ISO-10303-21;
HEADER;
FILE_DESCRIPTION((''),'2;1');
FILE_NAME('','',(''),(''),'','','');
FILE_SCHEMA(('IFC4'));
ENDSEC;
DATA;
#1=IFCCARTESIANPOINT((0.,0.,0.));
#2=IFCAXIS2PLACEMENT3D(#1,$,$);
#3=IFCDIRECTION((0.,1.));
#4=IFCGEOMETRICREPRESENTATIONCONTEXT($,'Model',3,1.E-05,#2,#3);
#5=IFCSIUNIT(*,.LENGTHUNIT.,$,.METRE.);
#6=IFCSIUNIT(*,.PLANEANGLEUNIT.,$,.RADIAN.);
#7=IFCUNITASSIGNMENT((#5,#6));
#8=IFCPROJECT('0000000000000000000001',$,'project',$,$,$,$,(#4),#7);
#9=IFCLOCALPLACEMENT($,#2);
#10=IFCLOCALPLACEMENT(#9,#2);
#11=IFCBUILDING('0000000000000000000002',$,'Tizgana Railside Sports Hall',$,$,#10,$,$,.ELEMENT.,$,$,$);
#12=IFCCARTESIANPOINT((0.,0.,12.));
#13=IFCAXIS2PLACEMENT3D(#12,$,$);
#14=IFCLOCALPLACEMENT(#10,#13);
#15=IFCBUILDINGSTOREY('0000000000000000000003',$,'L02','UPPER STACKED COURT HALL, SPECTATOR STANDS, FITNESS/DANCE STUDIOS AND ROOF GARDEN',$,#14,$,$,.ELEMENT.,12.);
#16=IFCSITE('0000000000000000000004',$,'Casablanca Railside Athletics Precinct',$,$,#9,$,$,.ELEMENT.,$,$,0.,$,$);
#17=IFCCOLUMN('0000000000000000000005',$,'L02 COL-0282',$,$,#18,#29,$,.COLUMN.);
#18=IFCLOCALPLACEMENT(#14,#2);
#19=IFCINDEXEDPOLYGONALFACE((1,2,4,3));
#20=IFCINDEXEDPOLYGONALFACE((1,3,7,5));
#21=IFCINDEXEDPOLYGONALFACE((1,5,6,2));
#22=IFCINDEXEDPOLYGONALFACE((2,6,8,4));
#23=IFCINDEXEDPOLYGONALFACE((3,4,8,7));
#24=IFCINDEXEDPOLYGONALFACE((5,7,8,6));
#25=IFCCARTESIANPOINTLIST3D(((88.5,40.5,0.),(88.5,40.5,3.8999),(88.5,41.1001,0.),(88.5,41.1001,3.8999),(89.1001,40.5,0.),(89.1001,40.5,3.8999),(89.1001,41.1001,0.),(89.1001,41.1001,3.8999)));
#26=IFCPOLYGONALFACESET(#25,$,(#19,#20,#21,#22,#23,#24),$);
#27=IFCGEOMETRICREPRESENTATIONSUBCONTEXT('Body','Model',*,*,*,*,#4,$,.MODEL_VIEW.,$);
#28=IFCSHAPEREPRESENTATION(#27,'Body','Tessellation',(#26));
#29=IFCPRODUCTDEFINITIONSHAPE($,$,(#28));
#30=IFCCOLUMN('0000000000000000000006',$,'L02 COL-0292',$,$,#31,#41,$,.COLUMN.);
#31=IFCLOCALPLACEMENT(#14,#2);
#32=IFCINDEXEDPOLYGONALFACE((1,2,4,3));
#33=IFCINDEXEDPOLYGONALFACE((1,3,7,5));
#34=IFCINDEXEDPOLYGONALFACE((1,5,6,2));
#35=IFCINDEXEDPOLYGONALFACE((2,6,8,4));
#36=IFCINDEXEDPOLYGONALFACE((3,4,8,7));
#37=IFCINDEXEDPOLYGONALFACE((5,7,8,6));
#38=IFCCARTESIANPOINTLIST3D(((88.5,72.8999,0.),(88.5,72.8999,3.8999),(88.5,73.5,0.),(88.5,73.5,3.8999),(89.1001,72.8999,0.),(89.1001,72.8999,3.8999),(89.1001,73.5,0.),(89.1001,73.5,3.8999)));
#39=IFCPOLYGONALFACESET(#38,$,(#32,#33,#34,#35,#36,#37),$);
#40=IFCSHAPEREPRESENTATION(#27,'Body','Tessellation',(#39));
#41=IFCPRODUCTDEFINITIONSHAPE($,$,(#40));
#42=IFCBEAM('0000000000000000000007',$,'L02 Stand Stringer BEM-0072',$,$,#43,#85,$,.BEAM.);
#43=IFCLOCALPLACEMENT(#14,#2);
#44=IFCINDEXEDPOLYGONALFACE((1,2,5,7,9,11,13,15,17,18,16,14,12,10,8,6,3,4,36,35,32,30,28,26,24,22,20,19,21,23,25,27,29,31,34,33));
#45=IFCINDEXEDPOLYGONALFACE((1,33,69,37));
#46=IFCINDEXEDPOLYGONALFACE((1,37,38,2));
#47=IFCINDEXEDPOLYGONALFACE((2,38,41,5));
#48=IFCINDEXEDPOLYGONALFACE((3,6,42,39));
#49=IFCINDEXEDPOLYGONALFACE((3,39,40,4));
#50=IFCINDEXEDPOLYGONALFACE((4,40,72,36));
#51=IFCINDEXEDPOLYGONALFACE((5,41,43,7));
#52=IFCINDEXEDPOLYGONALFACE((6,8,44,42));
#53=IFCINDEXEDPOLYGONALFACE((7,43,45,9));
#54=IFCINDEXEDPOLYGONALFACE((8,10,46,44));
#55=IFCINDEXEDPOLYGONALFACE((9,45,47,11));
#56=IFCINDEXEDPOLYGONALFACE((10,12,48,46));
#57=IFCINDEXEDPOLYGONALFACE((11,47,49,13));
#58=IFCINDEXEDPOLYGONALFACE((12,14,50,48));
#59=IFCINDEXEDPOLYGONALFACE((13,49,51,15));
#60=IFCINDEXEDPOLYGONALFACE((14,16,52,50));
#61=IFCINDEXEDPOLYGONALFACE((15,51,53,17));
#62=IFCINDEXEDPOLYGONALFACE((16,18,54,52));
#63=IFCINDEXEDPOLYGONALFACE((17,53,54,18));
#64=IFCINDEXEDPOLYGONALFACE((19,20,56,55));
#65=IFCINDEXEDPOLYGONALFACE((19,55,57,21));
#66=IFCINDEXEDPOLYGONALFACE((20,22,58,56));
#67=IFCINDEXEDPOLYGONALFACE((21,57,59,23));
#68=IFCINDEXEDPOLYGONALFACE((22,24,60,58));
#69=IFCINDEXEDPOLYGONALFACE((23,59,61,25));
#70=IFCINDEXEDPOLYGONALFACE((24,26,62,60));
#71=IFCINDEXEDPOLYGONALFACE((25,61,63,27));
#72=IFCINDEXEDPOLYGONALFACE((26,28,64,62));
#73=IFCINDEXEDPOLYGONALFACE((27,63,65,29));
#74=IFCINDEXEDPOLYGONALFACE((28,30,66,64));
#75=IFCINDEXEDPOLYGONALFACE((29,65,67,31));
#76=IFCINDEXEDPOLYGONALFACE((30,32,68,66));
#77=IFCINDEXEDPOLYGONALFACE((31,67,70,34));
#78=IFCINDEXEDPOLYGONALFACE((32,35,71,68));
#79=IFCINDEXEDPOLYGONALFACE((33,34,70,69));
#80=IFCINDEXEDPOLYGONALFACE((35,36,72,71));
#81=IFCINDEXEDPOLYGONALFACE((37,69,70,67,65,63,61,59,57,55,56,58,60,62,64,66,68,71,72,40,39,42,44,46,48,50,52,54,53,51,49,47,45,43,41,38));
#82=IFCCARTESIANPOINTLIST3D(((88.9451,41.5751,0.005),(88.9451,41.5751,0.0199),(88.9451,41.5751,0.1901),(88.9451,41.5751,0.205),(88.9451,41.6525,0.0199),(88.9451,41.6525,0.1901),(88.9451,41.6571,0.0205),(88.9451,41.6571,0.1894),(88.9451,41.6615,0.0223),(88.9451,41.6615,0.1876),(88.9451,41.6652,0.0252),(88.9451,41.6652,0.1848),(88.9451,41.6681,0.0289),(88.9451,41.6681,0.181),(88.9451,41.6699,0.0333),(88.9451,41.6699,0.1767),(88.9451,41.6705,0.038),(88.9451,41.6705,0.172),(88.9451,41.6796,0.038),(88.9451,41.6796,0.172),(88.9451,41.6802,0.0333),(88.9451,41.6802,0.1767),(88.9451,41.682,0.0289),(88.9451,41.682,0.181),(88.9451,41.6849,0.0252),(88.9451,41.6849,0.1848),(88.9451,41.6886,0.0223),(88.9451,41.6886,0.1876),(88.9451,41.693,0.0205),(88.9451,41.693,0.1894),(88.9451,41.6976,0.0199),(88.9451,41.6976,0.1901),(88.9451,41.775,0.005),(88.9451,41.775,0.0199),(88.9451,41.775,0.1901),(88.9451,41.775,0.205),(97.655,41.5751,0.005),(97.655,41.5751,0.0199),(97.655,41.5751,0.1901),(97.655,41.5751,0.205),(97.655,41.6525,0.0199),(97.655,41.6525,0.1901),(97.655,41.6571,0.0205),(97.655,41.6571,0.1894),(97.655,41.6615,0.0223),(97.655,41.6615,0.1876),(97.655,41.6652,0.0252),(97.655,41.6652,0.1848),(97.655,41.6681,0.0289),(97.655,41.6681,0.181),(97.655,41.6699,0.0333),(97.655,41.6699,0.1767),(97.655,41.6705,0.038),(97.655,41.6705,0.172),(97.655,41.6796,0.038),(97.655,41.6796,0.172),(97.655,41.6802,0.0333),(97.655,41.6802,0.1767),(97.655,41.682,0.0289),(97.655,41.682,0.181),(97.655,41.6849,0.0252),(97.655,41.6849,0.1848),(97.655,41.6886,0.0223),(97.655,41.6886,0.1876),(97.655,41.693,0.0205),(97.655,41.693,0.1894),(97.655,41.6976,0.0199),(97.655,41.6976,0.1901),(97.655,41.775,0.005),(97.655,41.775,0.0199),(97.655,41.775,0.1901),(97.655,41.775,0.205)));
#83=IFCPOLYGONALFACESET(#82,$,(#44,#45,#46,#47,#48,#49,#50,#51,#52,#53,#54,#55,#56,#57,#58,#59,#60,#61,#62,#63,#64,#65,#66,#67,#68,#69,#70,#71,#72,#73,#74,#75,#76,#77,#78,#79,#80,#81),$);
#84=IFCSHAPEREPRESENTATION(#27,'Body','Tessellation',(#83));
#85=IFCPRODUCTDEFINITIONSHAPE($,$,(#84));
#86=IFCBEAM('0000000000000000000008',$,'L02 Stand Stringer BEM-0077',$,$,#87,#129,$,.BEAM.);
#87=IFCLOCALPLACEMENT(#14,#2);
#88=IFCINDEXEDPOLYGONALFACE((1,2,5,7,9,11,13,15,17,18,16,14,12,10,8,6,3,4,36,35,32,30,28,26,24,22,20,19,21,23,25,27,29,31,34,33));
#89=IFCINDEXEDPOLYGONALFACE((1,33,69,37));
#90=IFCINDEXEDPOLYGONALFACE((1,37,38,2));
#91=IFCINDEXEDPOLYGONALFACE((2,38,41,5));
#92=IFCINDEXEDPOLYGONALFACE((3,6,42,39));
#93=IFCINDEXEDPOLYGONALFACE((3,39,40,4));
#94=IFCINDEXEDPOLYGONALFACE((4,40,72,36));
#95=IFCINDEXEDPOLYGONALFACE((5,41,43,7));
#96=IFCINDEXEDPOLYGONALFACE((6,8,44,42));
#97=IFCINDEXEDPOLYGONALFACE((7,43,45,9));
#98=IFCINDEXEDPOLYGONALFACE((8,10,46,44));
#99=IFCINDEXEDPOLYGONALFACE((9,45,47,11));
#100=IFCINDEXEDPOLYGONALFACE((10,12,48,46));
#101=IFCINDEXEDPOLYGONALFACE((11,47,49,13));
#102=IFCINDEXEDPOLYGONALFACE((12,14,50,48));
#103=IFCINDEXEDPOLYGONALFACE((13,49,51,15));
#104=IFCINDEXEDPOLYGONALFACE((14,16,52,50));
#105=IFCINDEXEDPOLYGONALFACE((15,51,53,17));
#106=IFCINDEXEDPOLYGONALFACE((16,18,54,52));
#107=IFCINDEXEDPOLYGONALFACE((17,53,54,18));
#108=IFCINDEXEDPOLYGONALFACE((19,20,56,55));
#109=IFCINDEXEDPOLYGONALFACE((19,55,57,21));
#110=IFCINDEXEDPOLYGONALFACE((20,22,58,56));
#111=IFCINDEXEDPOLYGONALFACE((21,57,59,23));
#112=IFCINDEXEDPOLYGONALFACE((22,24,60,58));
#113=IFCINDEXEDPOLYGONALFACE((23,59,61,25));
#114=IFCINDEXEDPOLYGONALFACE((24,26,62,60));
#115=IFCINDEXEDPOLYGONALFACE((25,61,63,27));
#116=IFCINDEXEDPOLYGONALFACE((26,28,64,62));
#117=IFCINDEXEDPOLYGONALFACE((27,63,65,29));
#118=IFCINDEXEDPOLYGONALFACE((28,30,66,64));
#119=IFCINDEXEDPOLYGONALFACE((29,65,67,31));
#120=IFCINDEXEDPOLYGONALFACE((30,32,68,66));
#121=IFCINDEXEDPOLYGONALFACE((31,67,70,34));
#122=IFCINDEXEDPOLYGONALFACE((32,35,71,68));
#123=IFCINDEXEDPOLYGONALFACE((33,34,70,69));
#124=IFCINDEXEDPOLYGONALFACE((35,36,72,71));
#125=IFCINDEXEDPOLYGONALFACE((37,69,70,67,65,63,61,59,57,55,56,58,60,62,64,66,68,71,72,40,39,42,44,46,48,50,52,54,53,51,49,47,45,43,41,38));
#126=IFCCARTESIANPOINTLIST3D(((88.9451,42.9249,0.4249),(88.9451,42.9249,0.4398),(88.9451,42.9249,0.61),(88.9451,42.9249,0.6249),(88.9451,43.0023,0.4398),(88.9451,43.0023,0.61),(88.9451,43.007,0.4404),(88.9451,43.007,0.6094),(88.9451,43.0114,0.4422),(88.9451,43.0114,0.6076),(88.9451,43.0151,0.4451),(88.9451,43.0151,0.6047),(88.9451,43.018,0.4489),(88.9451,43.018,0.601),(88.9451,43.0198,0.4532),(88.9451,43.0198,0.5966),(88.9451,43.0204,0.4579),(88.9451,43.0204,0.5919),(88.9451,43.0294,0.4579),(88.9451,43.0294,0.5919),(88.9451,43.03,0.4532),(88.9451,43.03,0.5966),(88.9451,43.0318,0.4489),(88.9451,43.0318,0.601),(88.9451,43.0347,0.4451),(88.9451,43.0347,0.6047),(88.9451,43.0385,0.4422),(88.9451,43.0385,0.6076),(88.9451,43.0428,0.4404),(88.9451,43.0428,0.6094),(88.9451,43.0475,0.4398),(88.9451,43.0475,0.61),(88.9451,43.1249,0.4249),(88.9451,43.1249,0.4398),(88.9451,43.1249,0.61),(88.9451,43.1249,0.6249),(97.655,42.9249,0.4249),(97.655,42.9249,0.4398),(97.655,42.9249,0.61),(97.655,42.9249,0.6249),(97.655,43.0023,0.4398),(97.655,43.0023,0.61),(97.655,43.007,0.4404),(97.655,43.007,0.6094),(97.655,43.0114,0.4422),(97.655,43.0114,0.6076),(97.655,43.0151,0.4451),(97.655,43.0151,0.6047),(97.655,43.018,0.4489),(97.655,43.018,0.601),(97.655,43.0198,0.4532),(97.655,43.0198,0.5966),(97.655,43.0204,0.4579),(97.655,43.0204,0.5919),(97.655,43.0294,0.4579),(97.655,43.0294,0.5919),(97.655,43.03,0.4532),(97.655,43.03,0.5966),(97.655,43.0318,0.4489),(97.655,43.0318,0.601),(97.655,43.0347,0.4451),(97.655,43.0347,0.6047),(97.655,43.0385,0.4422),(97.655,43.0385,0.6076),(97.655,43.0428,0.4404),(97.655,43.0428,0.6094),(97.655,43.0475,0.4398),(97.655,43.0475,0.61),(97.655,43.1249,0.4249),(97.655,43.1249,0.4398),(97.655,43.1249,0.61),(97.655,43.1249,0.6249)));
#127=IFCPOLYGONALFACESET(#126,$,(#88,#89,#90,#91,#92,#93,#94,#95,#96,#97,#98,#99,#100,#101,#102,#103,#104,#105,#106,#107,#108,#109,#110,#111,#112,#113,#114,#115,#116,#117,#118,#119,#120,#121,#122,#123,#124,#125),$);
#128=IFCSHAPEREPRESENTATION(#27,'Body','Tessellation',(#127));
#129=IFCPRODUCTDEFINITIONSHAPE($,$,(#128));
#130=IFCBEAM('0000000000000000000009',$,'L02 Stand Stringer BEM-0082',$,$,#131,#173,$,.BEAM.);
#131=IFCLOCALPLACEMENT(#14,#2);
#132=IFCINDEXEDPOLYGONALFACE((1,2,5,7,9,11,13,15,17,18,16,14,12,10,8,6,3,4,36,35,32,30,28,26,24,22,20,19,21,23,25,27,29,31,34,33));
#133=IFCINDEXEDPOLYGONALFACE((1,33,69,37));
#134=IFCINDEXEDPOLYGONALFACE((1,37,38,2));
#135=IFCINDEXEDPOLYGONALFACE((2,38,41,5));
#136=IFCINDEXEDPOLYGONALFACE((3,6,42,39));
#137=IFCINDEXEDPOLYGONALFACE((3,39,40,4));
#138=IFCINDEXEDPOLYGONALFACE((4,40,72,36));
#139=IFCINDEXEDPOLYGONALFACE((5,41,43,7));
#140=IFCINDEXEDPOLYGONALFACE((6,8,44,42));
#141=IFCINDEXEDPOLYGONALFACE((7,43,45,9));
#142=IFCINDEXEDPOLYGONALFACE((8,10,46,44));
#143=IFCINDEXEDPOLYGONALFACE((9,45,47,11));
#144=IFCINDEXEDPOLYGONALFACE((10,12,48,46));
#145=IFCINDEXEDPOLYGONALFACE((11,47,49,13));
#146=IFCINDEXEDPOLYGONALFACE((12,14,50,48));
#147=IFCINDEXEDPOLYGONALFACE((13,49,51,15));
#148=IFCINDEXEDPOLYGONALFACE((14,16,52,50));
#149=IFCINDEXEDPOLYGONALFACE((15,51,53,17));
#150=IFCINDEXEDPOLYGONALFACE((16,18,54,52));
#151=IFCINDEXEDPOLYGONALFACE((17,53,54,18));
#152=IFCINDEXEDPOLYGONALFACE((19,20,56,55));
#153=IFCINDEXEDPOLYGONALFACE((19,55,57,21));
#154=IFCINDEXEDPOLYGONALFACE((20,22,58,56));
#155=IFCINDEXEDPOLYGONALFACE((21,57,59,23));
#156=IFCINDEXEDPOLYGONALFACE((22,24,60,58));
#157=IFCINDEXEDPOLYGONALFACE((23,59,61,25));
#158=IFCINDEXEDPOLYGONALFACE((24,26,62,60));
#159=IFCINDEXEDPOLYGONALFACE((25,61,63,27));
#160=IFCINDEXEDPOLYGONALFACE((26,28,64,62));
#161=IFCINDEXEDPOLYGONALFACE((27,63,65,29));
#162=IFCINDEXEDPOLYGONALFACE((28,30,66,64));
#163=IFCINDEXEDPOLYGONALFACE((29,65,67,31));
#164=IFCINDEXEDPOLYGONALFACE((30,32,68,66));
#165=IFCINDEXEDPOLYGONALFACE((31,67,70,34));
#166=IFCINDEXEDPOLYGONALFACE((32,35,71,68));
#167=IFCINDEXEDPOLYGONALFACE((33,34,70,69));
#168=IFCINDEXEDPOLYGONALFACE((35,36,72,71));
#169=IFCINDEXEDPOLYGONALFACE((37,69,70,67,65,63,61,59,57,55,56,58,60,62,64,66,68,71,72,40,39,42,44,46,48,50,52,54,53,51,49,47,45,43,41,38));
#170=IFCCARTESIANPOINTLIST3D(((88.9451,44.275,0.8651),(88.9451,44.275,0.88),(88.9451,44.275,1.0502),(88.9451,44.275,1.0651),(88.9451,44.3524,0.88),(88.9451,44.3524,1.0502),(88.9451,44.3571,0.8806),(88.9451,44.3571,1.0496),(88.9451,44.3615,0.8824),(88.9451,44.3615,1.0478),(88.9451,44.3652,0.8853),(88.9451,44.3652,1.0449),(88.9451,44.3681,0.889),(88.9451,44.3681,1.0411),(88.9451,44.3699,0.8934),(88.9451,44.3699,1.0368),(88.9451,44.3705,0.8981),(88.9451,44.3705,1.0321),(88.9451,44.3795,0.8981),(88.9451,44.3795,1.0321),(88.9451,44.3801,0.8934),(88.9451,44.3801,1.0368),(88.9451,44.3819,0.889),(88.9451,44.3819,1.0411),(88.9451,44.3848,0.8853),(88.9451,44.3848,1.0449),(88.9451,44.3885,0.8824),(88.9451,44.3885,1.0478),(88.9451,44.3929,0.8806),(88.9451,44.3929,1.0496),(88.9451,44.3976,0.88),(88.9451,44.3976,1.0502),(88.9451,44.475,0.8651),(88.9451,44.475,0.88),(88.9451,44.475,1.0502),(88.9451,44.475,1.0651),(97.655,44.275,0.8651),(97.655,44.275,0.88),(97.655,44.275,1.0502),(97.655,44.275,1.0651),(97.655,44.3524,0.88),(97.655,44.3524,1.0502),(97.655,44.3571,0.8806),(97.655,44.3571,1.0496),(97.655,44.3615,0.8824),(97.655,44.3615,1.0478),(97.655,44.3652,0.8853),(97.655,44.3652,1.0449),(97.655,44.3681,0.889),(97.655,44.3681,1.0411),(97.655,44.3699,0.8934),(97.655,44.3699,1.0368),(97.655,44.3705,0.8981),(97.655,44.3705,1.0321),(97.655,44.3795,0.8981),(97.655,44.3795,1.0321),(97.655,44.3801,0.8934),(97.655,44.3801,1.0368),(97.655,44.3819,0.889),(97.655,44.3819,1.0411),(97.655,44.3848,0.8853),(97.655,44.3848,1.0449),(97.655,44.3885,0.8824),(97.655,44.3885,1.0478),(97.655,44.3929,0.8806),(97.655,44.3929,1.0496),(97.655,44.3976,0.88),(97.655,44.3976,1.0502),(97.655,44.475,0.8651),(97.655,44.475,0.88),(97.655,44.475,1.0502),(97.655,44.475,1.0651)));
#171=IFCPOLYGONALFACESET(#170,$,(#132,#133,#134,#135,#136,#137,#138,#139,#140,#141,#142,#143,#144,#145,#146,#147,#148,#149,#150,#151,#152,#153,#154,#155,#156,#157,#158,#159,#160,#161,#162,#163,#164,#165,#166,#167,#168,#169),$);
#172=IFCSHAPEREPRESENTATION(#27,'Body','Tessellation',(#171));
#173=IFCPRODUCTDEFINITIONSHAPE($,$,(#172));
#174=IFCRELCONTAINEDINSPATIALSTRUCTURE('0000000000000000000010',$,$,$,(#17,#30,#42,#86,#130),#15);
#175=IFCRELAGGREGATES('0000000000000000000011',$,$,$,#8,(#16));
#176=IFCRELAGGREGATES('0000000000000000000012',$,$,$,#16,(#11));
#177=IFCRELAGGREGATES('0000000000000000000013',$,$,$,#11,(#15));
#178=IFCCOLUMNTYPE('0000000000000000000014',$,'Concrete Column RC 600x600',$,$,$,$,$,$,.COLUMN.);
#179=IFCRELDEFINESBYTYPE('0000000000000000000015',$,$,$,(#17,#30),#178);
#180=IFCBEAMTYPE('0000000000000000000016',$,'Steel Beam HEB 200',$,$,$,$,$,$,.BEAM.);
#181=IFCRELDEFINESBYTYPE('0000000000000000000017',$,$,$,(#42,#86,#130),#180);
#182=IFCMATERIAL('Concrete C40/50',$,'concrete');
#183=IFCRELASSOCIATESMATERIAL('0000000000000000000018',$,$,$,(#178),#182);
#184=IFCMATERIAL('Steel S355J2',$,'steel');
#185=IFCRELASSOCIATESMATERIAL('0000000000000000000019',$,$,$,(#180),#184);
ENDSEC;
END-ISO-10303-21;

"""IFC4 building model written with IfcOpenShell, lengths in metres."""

from ifc_helpers import new_model, si_unit, direction, frame, origin, origin_2d, place, context, subcontext, project, spatial, rectangle, i_section, extrude, material, material_profile, profile_set, type_object, element, save


model = new_model("IFC4")

# Units and contexts
model_context = context("Model", 3, precision=1e-05, world=origin(), true_north=direction((0.0, 1.0)))
body_context = subcontext(model_context, "Body", "Model", "MODEL_VIEW")
ifc_project = project(units=[si_unit("LENGTHUNIT", "METRE"), si_unit("PLANEANGLEUNIT", "RADIAN")], contexts=[model_context])

# Site, building, storey
site_placement = place(None, origin())
site = spatial("IfcSite", under=ifc_project, at=site_placement, Name="Casablanca Railside Athletics Precinct", CompositionType="ELEMENT", RefElevation=0.0)
building_placement = place(site_placement, origin())
building = spatial("IfcBuilding", under=site, at=building_placement, Name="Tizgana Railside Sports Hall", CompositionType="ELEMENT")
storey_placement = place(building_placement, frame((0.0, 0.0, 12.0)))
storey = spatial("IfcBuildingStorey", under=building, at=storey_placement, Name="L02", Description="UPPER STACKED COURT HALL, SPECTATOR STANDS, FITNESS/DANCE STUDIOS AND ROOF GARDEN", CompositionType="ELEMENT", Elevation=12.0)

# Columns
ifc_material_1 = material(Name="Concrete C40/50", Category="concrete")
ifc_material_profile_1 = material_profile(ifc_material_1, rectangle(XDim=0.6001, YDim=0.6001, at=origin_2d()), Name="RC 600x600")
ifc_profile_set_1 = profile_set([ifc_material_profile_1], Name="Concrete C40/50")
column_type = type_object("IfcColumnType", Name="Concrete Column RC 600x600", PredefinedType="COLUMN", material=ifc_profile_set_1)
for number, where, z_axis, x_axis, name in (
    (1, (88.8, 40.8, 0.0), (0.0, 0.0, 1.0), (1.0, 0.0, 0.0), "L02 COL-0282"),
    (2, (88.8, 73.2, 0.0), (0.0, 0.0, 1.0), (1.0, 0.0, 0.0), "L02 COL-0292"),
):
    element("IfcColumn", number, at=place(storey_placement, frame(where, z_axis=z_axis, x_axis=x_axis)), inside=storey, type_object=column_type, Name=name, PredefinedType="COLUMN", context=body_context, shape_type="SweptSolid", body=[
        extrude(rectangle(XDim=0.6001, YDim=0.6001, at=origin_2d()), origin(), (0.0, 0.0, 1.0), 3.8999),
    ])

# Beams
ifc_material_2 = material(Name="Steel S355J2", Category="steel")
ifc_material_profile_2 = material_profile(ifc_material_2, i_section(OverallWidth=0.2, OverallDepth=0.2, WebThickness=0.009, FlangeThickness=0.0149, FilletRadius=0.0181, at=origin_2d()), Name="HEB 200")
ifc_profile_set_2 = profile_set([ifc_material_profile_2], Name="Steel S355J2")
beam_type_1 = type_object("IfcBeamType", Name="Steel Beam HEB 200", PredefinedType="BEAM", material=ifc_profile_set_2)
for number, where, z_axis, x_axis, name in (
    (3, (88.9451, 41.675, 0.105), (1.0, 0.0, 0.0), (0.0, 1.0, 0.0), "L02 Stand Stringer BEM-0072"),
    (4, (88.9451, 43.0249, 0.5249), (1.0, 0.0, 0.0), (0.0, 1.0, 0.0), "L02 Stand Stringer BEM-0077"),
    (5, (88.9451, 44.375, 0.9651), (1.0, 0.0, 0.0), (0.0, 1.0, 0.0), "L02 Stand Stringer BEM-0082"),
):
    element("IfcBeam", number, at=place(storey_placement, frame(where, z_axis=z_axis, x_axis=x_axis)), inside=storey, type_object=beam_type_1, Name=name, PredefinedType="BEAM", context=body_context, shape_type="SweptSolid", body=[
        extrude(i_section(OverallWidth=0.2, OverallDepth=0.2, WebThickness=0.009, FlangeThickness=0.0149, FilletRadius=0.0181, at=origin_2d()), origin(), (0.0, 0.0, 1.0), 8.71),
    ])

save(model, "model.ifc")
